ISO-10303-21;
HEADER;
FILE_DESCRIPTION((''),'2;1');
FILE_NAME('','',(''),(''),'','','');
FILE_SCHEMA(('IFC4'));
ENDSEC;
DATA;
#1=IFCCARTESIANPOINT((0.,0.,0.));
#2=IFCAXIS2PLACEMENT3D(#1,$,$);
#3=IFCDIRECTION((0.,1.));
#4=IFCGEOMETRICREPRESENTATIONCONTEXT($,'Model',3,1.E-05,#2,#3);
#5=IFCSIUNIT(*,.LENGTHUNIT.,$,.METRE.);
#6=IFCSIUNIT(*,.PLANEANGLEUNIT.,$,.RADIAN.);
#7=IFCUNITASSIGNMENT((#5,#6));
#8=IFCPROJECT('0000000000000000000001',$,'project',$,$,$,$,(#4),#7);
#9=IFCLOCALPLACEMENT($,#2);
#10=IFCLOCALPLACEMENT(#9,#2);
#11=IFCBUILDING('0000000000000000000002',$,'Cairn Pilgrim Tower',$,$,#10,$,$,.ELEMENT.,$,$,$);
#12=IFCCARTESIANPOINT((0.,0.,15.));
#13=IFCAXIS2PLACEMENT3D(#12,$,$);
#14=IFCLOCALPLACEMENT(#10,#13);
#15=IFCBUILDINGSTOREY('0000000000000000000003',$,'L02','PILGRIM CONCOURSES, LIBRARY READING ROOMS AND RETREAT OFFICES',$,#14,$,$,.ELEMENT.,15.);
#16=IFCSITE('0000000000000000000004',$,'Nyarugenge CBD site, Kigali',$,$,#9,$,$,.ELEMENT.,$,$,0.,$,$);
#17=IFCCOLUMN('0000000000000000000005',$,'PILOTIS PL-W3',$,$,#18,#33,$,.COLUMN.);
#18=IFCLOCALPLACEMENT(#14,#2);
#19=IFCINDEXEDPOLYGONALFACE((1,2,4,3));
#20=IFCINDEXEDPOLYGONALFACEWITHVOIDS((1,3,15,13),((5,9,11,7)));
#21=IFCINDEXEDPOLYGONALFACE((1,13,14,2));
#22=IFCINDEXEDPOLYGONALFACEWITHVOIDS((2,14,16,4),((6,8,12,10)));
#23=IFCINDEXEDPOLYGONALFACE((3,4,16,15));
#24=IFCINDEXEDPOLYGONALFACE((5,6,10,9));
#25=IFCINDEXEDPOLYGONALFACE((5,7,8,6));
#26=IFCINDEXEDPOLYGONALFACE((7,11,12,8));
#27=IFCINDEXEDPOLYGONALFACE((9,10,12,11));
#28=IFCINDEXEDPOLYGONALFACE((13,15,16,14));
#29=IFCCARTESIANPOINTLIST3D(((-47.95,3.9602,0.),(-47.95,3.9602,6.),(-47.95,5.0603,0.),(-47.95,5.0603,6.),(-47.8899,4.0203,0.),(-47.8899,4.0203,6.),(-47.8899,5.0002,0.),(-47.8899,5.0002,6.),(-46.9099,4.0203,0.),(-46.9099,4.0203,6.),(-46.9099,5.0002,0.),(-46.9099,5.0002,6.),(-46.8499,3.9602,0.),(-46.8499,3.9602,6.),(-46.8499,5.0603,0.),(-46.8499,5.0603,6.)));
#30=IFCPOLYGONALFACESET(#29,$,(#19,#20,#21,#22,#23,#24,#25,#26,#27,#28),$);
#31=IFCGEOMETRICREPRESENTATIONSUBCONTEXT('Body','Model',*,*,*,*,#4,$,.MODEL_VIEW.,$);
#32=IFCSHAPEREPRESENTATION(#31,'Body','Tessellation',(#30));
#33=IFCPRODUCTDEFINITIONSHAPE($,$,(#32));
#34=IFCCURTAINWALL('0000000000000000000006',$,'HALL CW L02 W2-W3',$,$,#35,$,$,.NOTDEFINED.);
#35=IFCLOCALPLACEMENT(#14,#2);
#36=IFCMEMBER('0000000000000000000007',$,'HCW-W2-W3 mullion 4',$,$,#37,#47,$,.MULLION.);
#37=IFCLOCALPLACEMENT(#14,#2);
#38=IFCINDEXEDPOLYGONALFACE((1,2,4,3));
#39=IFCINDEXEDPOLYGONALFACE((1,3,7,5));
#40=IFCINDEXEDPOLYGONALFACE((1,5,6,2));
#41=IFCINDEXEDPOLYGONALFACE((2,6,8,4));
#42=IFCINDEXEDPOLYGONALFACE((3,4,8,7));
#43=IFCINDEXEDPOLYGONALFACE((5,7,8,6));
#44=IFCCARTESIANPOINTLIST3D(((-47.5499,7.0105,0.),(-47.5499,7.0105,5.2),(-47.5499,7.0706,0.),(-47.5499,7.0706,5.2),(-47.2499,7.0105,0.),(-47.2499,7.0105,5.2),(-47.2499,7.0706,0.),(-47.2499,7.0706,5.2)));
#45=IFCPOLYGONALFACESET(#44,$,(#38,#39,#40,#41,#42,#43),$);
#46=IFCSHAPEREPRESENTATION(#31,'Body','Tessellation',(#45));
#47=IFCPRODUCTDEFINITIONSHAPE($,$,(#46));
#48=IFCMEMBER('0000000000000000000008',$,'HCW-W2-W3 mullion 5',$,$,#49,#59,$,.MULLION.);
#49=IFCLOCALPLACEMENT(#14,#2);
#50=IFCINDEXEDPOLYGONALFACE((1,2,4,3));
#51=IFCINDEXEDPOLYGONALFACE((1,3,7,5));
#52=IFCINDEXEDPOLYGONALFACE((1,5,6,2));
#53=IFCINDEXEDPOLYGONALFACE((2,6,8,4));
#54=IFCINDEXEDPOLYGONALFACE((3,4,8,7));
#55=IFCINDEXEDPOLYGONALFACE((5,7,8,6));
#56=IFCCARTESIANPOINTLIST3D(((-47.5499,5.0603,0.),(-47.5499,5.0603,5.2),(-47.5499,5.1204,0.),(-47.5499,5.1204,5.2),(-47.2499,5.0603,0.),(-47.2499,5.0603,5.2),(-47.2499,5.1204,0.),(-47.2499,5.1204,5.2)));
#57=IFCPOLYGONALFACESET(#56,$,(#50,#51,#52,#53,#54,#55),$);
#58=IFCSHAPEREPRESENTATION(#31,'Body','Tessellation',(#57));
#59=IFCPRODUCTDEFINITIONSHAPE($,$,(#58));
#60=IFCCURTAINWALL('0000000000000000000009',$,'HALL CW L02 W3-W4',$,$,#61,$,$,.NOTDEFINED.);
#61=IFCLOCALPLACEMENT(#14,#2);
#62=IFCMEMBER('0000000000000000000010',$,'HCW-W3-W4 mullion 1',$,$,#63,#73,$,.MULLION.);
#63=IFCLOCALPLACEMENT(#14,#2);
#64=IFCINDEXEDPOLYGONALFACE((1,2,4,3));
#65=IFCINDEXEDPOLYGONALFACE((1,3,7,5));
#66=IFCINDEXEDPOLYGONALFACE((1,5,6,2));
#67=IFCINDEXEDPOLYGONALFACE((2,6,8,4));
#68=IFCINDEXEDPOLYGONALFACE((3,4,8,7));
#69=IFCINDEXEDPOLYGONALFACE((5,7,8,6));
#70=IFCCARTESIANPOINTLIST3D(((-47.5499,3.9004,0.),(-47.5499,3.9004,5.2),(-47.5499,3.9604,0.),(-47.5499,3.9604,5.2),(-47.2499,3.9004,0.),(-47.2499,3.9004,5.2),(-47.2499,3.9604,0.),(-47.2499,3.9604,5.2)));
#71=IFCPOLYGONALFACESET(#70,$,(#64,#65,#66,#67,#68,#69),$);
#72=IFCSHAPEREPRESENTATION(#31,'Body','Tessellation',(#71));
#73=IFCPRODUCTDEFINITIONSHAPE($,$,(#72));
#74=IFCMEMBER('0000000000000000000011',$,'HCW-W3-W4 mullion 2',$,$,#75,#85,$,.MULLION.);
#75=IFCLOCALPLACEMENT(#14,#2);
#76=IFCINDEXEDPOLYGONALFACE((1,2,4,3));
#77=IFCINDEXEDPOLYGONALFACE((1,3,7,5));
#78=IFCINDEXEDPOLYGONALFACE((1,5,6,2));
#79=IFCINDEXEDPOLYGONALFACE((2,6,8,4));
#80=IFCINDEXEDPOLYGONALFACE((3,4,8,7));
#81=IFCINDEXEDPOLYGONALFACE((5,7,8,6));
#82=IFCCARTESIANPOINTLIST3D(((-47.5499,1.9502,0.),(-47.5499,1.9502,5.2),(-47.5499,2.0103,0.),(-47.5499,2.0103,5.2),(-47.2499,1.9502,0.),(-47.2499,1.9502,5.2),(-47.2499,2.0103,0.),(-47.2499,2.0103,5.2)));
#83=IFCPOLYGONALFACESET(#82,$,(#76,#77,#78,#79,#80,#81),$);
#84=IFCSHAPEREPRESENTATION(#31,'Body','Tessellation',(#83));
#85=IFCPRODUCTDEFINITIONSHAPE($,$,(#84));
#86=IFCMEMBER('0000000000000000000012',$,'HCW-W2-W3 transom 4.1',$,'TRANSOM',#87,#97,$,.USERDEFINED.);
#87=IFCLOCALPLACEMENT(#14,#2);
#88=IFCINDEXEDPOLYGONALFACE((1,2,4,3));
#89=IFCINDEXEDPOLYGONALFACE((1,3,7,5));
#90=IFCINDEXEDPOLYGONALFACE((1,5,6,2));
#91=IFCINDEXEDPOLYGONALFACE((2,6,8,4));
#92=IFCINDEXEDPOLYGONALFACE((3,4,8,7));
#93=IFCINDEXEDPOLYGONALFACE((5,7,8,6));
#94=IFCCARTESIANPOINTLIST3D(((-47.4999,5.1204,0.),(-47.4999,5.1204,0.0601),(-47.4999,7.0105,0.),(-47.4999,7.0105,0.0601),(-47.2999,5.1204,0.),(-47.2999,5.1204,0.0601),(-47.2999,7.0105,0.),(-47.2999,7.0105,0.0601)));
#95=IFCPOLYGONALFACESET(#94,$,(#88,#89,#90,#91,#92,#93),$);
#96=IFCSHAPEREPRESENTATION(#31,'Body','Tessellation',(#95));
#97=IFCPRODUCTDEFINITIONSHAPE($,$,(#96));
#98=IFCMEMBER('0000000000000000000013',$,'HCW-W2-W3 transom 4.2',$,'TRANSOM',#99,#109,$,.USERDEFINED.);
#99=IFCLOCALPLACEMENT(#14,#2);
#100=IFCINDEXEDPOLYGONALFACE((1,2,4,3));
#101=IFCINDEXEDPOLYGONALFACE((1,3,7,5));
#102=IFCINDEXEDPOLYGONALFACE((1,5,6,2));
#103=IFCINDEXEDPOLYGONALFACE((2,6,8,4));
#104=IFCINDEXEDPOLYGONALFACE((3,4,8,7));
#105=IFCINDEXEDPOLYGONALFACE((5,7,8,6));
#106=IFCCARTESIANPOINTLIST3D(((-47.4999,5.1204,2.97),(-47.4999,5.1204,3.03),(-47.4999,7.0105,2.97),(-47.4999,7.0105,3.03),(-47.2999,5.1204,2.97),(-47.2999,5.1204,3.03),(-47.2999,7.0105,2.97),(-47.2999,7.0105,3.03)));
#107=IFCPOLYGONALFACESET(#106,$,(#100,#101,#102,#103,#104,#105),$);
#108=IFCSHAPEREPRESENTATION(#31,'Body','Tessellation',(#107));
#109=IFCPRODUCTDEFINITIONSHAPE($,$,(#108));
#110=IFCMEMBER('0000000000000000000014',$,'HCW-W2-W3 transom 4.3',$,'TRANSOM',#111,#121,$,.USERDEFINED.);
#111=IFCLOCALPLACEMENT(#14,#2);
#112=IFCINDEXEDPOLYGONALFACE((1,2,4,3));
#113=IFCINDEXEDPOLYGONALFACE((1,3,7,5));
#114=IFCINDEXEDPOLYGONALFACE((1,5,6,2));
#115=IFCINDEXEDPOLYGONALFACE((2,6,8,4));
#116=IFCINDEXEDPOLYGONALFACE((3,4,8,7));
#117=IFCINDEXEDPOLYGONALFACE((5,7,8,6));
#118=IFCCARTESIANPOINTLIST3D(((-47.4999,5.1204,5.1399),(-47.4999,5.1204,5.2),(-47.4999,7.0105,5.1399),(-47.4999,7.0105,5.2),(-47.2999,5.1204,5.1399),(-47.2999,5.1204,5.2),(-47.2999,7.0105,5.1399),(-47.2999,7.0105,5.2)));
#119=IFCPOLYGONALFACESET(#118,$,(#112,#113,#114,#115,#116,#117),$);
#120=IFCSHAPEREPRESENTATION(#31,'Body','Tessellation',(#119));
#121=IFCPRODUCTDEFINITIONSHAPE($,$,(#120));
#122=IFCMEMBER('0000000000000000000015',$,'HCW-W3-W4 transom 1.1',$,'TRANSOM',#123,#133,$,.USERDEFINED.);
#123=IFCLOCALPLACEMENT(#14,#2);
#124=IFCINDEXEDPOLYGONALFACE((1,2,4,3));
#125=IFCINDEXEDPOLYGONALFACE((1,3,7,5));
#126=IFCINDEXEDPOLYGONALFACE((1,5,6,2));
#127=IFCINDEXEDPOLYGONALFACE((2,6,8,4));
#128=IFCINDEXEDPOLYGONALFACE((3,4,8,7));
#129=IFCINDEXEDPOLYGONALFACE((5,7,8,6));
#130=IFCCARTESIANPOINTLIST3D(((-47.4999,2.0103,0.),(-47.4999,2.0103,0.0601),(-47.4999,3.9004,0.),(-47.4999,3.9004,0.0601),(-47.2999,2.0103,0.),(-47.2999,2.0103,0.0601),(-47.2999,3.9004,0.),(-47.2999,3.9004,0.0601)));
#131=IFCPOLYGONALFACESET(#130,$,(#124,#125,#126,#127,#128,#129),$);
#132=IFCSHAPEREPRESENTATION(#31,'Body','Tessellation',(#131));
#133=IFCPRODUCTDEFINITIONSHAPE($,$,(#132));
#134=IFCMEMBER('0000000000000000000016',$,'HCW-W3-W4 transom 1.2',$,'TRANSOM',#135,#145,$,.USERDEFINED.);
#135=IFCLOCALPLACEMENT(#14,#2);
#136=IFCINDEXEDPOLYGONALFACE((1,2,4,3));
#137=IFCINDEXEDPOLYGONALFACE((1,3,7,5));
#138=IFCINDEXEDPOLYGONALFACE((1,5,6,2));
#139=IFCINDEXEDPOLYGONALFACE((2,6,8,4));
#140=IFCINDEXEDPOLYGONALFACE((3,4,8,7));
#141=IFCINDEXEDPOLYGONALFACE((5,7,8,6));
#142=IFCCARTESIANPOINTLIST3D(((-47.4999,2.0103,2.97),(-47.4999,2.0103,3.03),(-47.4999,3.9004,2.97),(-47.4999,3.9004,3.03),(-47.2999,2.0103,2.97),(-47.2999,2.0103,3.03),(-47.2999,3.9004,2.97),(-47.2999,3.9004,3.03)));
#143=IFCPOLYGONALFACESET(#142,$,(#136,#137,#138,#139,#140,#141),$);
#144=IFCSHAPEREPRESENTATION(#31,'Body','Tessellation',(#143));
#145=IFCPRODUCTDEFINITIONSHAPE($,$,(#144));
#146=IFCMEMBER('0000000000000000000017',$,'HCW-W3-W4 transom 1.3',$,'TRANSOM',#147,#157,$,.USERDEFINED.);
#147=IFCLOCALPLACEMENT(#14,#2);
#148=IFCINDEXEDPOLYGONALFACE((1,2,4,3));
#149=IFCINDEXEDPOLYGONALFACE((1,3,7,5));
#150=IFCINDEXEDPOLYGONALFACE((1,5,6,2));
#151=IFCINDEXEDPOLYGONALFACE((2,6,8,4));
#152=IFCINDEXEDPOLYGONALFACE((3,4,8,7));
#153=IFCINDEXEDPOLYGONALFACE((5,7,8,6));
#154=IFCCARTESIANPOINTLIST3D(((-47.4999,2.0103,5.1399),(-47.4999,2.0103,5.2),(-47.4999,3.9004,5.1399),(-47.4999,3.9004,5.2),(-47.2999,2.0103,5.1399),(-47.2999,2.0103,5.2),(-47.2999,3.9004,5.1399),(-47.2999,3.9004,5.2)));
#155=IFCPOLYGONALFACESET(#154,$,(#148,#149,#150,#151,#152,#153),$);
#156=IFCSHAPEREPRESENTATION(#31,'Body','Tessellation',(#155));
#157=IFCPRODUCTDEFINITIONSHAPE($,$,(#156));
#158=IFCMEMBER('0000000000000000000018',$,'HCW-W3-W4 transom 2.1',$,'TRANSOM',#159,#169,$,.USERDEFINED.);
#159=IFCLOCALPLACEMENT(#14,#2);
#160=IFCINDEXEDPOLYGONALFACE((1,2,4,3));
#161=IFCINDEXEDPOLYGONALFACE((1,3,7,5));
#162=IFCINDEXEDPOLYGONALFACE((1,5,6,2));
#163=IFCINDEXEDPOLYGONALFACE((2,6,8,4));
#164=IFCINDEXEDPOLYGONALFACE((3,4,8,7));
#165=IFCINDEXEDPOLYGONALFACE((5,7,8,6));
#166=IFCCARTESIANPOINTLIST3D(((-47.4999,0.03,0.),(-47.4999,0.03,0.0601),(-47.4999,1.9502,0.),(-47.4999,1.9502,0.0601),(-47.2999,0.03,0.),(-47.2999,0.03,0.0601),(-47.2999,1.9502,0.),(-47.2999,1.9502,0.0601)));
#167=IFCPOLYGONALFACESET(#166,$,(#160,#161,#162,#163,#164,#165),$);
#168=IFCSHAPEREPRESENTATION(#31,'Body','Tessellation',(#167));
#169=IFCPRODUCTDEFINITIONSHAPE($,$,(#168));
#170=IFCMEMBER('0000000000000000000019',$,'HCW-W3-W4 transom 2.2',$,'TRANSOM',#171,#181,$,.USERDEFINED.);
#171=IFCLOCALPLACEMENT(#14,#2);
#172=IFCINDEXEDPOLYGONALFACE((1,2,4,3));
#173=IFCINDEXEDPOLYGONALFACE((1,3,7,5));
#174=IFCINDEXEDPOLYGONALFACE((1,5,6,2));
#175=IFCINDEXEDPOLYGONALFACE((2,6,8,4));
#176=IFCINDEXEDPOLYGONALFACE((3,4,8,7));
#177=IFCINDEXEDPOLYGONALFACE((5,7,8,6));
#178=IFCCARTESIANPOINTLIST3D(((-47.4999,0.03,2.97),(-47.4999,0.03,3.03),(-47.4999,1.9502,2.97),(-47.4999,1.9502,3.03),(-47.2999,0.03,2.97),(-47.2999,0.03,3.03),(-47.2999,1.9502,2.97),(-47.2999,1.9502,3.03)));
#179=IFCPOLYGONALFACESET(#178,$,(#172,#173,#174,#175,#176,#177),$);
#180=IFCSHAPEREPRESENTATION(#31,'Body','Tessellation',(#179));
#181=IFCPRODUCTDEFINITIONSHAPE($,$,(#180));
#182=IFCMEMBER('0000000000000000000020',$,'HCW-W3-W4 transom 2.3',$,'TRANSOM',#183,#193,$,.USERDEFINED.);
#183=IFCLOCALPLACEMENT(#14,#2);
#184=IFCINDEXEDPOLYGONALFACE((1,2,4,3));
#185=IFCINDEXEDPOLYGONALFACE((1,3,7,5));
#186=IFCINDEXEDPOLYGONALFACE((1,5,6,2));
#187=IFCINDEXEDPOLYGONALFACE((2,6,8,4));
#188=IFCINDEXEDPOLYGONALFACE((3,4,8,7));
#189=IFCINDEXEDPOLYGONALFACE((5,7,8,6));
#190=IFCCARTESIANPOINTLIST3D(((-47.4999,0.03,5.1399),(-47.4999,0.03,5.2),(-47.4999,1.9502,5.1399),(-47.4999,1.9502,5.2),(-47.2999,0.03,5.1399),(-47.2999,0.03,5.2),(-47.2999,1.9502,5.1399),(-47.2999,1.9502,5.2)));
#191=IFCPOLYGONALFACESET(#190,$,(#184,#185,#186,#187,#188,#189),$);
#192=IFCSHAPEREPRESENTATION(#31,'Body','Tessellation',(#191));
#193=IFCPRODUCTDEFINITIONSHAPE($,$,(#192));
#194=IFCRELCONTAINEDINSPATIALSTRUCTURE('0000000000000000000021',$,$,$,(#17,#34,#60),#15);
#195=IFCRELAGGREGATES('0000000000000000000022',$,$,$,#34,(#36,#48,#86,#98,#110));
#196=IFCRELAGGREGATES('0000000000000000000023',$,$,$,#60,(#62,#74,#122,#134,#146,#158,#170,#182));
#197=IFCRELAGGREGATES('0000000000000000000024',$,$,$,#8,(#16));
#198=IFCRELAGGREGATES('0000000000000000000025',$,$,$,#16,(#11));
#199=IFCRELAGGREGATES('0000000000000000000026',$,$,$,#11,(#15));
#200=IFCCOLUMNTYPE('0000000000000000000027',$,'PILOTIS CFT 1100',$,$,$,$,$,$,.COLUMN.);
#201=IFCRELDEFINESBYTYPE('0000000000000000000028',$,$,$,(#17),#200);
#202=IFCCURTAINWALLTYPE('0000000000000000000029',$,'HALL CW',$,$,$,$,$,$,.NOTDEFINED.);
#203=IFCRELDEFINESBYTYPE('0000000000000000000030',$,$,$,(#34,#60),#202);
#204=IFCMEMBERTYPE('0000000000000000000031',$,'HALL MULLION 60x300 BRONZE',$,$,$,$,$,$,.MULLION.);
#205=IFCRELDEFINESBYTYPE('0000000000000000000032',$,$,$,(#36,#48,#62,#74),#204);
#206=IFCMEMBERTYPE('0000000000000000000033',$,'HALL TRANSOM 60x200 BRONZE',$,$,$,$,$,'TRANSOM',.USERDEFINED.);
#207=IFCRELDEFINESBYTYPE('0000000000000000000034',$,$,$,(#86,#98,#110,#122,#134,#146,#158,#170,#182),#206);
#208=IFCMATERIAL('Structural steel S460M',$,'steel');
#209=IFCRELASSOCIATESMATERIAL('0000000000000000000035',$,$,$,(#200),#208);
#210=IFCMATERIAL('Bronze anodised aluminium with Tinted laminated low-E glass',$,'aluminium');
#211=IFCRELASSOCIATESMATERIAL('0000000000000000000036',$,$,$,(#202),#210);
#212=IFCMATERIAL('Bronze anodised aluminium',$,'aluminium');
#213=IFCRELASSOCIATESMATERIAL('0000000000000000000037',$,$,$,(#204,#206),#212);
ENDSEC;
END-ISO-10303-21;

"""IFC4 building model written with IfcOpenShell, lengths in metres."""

from ifc_helpers import new_model, si_unit, direction, frame, origin, origin_2d, place, context, subcontext, project, spatial, rectangle, hollow_rectangle, extrude, material, material_profile, profile_set, type_object, element, aggregate, save


model = new_model("IFC4")

# Units and contexts
model_context = context("Model", 3, precision=1e-05, world=origin(), true_north=direction((0.0, 1.0)))
body_context = subcontext(model_context, "Body", "Model", "MODEL_VIEW")
ifc_project = project(units=[si_unit("LENGTHUNIT", "METRE"), si_unit("PLANEANGLEUNIT", "RADIAN")], contexts=[model_context])

# Site, building, storey
site_placement = place(None, origin())
site = spatial("IfcSite", under=ifc_project, at=site_placement, Name="Nyarugenge CBD site, Kigali", CompositionType="ELEMENT", RefElevation=0.0)
building_placement = place(site_placement, origin())
building = spatial("IfcBuilding", under=site, at=building_placement, Name="Cairn Pilgrim Tower", CompositionType="ELEMENT")
storey_placement = place(building_placement, frame((0.0, 0.0, 15.0)))
storey = spatial("IfcBuildingStorey", under=building, at=storey_placement, Name="L02", Description="PILGRIM CONCOURSES, LIBRARY READING ROOMS AND RETREAT OFFICES", CompositionType="ELEMENT", Elevation=15.0)

# Column
ifc_material_1 = material(Name="Structural steel S460M", Category="steel")
ifc_material_profile_1 = material_profile(ifc_material_1, hollow_rectangle(XDim=1.1001, YDim=1.1001, WallThickness=0.0601, at=origin_2d()), Name="BOX 1100x1100x60")
ifc_profile_set_1 = profile_set([ifc_material_profile_1], Name="Structural steel S460M")
column_type = type_object("IfcColumnType", Name="PILOTIS CFT 1100", PredefinedType="COLUMN", material=ifc_profile_set_1)
column_placement = place(storey_placement, frame((-47.3999, 4.5103, 0.0), z_axis=(0.0, 0.0, 1.0), x_axis=(1.0, 0.0, 0.0)))
element("IfcColumn", 1, at=column_placement, inside=storey, type_object=column_type, Name="PILOTIS PL-W3", PredefinedType="COLUMN", context=body_context, shape_type="SweptSolid", body=[
    extrude(hollow_rectangle(XDim=1.1001, YDim=1.1001, WallThickness=0.0601, at=origin_2d()), origin(), (0.0, 0.0, 1.0), 6.0),
])

# Curtain walls, members
ifc_material_2 = material(Name="Bronze anodised aluminium with Tinted laminated low-E glass", Category="aluminium")
curtain_wall_type = type_object("IfcCurtainWallType", Name="HALL CW", PredefinedType="NOTDEFINED", material=ifc_material_2)
curtain_wall_1_placement = place(storey_placement, origin())
curtain_wall_1 = element("IfcCurtainWall", 2, at=curtain_wall_1_placement, inside=storey, type_object=curtain_wall_type, Name="HALL CW L02 W2-W3", PredefinedType="NOTDEFINED")
ifc_material_3 = material(Name="Bronze anodised aluminium", Category="aluminium")
ifc_material_profile_2 = material_profile(ifc_material_3, rectangle(XDim=0.3, YDim=0.0601, at=origin_2d()), Name="HALL MULLION 60x300 BRONZE")
ifc_profile_set_2 = profile_set([ifc_material_profile_2], Name="Bronze anodised aluminium")
member_type_1 = type_object("IfcMemberType", Name="HALL MULLION 60x300 BRONZE", PredefinedType="MULLION", material=ifc_profile_set_2)
member_1_placement = place(storey_placement, frame((-47.3999, 7.0405, 0.0), z_axis=(0.0, 0.0, 1.0), x_axis=(1.0, 0.0, 0.0)))
member_1 = element("IfcMember", 3, at=member_1_placement, type_object=member_type_1, Name="HCW-W2-W3 mullion 4", PredefinedType="MULLION", context=body_context, shape_type="SweptSolid", body=[
    extrude(rectangle(XDim=0.3, YDim=0.0601, at=origin_2d()), origin(), (0.0, 0.0, 1.0), 5.2),
])
member_2_placement = place(storey_placement, frame((-47.3999, 5.0903, 0.0), z_axis=(0.0, 0.0, 1.0), x_axis=(1.0, 0.0, 0.0)))
member_2 = element("IfcMember", 4, at=member_2_placement, type_object=member_type_1, Name="HCW-W2-W3 mullion 5", PredefinedType="MULLION", context=body_context, shape_type="SweptSolid", body=[
    extrude(rectangle(XDim=0.3, YDim=0.0601, at=origin_2d()), origin(), (0.0, 0.0, 1.0), 5.2),
])
curtain_wall_2_placement = place(storey_placement, origin())
curtain_wall_2 = element("IfcCurtainWall", 5, at=curtain_wall_2_placement, inside=storey, type_object=curtain_wall_type, Name="HALL CW L02 W3-W4", PredefinedType="NOTDEFINED")
member_3_placement = place(storey_placement, frame((-47.3999, 3.9304, 0.0), z_axis=(0.0, 0.0, 1.0), x_axis=(1.0, 0.0, 0.0)))
member_3 = element("IfcMember", 6, at=member_3_placement, type_object=member_type_1, Name="HCW-W3-W4 mullion 1", PredefinedType="MULLION", context=body_context, shape_type="SweptSolid", body=[
    extrude(rectangle(XDim=0.3, YDim=0.0601, at=origin_2d()), origin(), (0.0, 0.0, 1.0), 5.2),
])
member_4_placement = place(storey_placement, frame((-47.3999, 1.9802, 0.0), z_axis=(0.0, 0.0, 1.0), x_axis=(1.0, 0.0, 0.0)))
member_4 = element("IfcMember", 7, at=member_4_placement, type_object=member_type_1, Name="HCW-W3-W4 mullion 2", PredefinedType="MULLION", context=body_context, shape_type="SweptSolid", body=[
    extrude(rectangle(XDim=0.3, YDim=0.0601, at=origin_2d()), origin(), (0.0, 0.0, 1.0), 5.2),
])

# Members
ifc_material_profile_3 = material_profile(ifc_material_3, rectangle(XDim=0.2, YDim=0.0601, at=origin_2d()), Name="HALL TRANSOM 60x200 BRONZE")
ifc_profile_set_3 = profile_set([ifc_material_profile_3], Name="Bronze anodised aluminium")
member_type_2 = type_object("IfcMemberType", Name="HALL TRANSOM 60x200 BRONZE", ElementType="TRANSOM", PredefinedType="USERDEFINED", material=ifc_profile_set_3)
member_5_placement = place(storey_placement, frame((-47.3999, 7.0105, 0.03), z_axis=(0.0, -1.0, 0.0), x_axis=(1.0, 0.0, 0.0)))
member_5 = element("IfcMember", 8, at=member_5_placement, type_object=member_type_2, Name="HCW-W2-W3 transom 4.1", ObjectType="TRANSOM", PredefinedType="USERDEFINED", context=body_context, shape_type="SweptSolid", body=[
    extrude(rectangle(XDim=0.2, YDim=0.0601, at=origin_2d()), origin(), (0.0, 0.0, 1.0), 1.8901),
])
member_6_placement = place(storey_placement, frame((-47.3999, 7.0105, 3.0), z_axis=(0.0, -1.0, 0.0), x_axis=(1.0, 0.0, 0.0)))
member_6 = element("IfcMember", 9, at=member_6_placement, type_object=member_type_2, Name="HCW-W2-W3 transom 4.2", ObjectType="TRANSOM", PredefinedType="USERDEFINED", context=body_context, shape_type="SweptSolid", body=[
    extrude(rectangle(XDim=0.2, YDim=0.0601, at=origin_2d()), origin(), (0.0, 0.0, 1.0), 1.8901),
])
member_7_placement = place(storey_placement, frame((-47.3999, 7.0105, 5.1699), z_axis=(0.0, -1.0, 0.0), x_axis=(1.0, 0.0, 0.0)))
member_7 = element("IfcMember", 10, at=member_7_placement, type_object=member_type_2, Name="HCW-W2-W3 transom 4.3", ObjectType="TRANSOM", PredefinedType="USERDEFINED", context=body_context, shape_type="SweptSolid", body=[
    extrude(rectangle(XDim=0.2, YDim=0.0601, at=origin_2d()), origin(), (0.0, 0.0, 1.0), 1.8901),
])
member_8_placement = place(storey_placement, frame((-47.3999, 3.9004, 0.03), z_axis=(0.0, -1.0, 0.0), x_axis=(1.0, 0.0, 0.0)))
member_8 = element("IfcMember", 11, at=member_8_placement, type_object=member_type_2, Name="HCW-W3-W4 transom 1.1", ObjectType="TRANSOM", PredefinedType="USERDEFINED", context=body_context, shape_type="SweptSolid", body=[
    extrude(rectangle(XDim=0.2, YDim=0.0601, at=origin_2d()), origin(), (0.0, 0.0, 1.0), 1.8901),
])
member_9_placement = place(storey_placement, frame((-47.3999, 3.9004, 3.0), z_axis=(0.0, -1.0, 0.0), x_axis=(1.0, 0.0, 0.0)))
member_9 = element("IfcMember", 12, at=member_9_placement, type_object=member_type_2, Name="HCW-W3-W4 transom 1.2", ObjectType="TRANSOM", PredefinedType="USERDEFINED", context=body_context, shape_type="SweptSolid", body=[
    extrude(rectangle(XDim=0.2, YDim=0.0601, at=origin_2d()), origin(), (0.0, 0.0, 1.0), 1.8901),
])
member_10_placement = place(storey_placement, frame((-47.3999, 3.9004, 5.1699), z_axis=(0.0, -1.0, 0.0), x_axis=(1.0, 0.0, 0.0)))
member_10 = element("IfcMember", 13, at=member_10_placement, type_object=member_type_2, Name="HCW-W3-W4 transom 1.3", ObjectType="TRANSOM", PredefinedType="USERDEFINED", context=body_context, shape_type="SweptSolid", body=[
    extrude(rectangle(XDim=0.2, YDim=0.0601, at=origin_2d()), origin(), (0.0, 0.0, 1.0), 1.8901),
])
member_11_placement = place(storey_placement, frame((-47.3999, 1.9502, 0.03), z_axis=(0.0, -1.0, 0.0), x_axis=(1.0, 0.0, 0.0)))
member_11 = element("IfcMember", 14, at=member_11_placement, type_object=member_type_2, Name="HCW-W3-W4 transom 2.1", ObjectType="TRANSOM", PredefinedType="USERDEFINED", context=body_context, shape_type="SweptSolid", body=[
    extrude(rectangle(XDim=0.2, YDim=0.0601, at=origin_2d()), origin(), (0.0, 0.0, 1.0), 1.9202),
])
member_12_placement = place(storey_placement, frame((-47.3999, 1.9502, 3.0), z_axis=(0.0, -1.0, 0.0), x_axis=(1.0, 0.0, 0.0)))
member_12 = element("IfcMember", 15, at=member_12_placement, type_object=member_type_2, Name="HCW-W3-W4 transom 2.2", ObjectType="TRANSOM", PredefinedType="USERDEFINED", context=body_context, shape_type="SweptSolid", body=[
    extrude(rectangle(XDim=0.2, YDim=0.0601, at=origin_2d()), origin(), (0.0, 0.0, 1.0), 1.9202),
])
member_13_placement = place(storey_placement, frame((-47.3999, 1.9502, 5.1699), z_axis=(0.0, -1.0, 0.0), x_axis=(1.0, 0.0, 0.0)))
member_13 = element("IfcMember", 16, at=member_13_placement, type_object=member_type_2, Name="HCW-W3-W4 transom 2.3", ObjectType="TRANSOM", PredefinedType="USERDEFINED", context=body_context, shape_type="SweptSolid", body=[
    extrude(rectangle(XDim=0.2, YDim=0.0601, at=origin_2d()), origin(), (0.0, 0.0, 1.0), 1.9202),
])

aggregate(curtain_wall_1, [member_1, member_2, member_5, member_6, member_7])
aggregate(curtain_wall_2, [member_3, member_4, member_8, member_9, member_10, member_11, member_12, member_13])

save(model, "model.ifc")
